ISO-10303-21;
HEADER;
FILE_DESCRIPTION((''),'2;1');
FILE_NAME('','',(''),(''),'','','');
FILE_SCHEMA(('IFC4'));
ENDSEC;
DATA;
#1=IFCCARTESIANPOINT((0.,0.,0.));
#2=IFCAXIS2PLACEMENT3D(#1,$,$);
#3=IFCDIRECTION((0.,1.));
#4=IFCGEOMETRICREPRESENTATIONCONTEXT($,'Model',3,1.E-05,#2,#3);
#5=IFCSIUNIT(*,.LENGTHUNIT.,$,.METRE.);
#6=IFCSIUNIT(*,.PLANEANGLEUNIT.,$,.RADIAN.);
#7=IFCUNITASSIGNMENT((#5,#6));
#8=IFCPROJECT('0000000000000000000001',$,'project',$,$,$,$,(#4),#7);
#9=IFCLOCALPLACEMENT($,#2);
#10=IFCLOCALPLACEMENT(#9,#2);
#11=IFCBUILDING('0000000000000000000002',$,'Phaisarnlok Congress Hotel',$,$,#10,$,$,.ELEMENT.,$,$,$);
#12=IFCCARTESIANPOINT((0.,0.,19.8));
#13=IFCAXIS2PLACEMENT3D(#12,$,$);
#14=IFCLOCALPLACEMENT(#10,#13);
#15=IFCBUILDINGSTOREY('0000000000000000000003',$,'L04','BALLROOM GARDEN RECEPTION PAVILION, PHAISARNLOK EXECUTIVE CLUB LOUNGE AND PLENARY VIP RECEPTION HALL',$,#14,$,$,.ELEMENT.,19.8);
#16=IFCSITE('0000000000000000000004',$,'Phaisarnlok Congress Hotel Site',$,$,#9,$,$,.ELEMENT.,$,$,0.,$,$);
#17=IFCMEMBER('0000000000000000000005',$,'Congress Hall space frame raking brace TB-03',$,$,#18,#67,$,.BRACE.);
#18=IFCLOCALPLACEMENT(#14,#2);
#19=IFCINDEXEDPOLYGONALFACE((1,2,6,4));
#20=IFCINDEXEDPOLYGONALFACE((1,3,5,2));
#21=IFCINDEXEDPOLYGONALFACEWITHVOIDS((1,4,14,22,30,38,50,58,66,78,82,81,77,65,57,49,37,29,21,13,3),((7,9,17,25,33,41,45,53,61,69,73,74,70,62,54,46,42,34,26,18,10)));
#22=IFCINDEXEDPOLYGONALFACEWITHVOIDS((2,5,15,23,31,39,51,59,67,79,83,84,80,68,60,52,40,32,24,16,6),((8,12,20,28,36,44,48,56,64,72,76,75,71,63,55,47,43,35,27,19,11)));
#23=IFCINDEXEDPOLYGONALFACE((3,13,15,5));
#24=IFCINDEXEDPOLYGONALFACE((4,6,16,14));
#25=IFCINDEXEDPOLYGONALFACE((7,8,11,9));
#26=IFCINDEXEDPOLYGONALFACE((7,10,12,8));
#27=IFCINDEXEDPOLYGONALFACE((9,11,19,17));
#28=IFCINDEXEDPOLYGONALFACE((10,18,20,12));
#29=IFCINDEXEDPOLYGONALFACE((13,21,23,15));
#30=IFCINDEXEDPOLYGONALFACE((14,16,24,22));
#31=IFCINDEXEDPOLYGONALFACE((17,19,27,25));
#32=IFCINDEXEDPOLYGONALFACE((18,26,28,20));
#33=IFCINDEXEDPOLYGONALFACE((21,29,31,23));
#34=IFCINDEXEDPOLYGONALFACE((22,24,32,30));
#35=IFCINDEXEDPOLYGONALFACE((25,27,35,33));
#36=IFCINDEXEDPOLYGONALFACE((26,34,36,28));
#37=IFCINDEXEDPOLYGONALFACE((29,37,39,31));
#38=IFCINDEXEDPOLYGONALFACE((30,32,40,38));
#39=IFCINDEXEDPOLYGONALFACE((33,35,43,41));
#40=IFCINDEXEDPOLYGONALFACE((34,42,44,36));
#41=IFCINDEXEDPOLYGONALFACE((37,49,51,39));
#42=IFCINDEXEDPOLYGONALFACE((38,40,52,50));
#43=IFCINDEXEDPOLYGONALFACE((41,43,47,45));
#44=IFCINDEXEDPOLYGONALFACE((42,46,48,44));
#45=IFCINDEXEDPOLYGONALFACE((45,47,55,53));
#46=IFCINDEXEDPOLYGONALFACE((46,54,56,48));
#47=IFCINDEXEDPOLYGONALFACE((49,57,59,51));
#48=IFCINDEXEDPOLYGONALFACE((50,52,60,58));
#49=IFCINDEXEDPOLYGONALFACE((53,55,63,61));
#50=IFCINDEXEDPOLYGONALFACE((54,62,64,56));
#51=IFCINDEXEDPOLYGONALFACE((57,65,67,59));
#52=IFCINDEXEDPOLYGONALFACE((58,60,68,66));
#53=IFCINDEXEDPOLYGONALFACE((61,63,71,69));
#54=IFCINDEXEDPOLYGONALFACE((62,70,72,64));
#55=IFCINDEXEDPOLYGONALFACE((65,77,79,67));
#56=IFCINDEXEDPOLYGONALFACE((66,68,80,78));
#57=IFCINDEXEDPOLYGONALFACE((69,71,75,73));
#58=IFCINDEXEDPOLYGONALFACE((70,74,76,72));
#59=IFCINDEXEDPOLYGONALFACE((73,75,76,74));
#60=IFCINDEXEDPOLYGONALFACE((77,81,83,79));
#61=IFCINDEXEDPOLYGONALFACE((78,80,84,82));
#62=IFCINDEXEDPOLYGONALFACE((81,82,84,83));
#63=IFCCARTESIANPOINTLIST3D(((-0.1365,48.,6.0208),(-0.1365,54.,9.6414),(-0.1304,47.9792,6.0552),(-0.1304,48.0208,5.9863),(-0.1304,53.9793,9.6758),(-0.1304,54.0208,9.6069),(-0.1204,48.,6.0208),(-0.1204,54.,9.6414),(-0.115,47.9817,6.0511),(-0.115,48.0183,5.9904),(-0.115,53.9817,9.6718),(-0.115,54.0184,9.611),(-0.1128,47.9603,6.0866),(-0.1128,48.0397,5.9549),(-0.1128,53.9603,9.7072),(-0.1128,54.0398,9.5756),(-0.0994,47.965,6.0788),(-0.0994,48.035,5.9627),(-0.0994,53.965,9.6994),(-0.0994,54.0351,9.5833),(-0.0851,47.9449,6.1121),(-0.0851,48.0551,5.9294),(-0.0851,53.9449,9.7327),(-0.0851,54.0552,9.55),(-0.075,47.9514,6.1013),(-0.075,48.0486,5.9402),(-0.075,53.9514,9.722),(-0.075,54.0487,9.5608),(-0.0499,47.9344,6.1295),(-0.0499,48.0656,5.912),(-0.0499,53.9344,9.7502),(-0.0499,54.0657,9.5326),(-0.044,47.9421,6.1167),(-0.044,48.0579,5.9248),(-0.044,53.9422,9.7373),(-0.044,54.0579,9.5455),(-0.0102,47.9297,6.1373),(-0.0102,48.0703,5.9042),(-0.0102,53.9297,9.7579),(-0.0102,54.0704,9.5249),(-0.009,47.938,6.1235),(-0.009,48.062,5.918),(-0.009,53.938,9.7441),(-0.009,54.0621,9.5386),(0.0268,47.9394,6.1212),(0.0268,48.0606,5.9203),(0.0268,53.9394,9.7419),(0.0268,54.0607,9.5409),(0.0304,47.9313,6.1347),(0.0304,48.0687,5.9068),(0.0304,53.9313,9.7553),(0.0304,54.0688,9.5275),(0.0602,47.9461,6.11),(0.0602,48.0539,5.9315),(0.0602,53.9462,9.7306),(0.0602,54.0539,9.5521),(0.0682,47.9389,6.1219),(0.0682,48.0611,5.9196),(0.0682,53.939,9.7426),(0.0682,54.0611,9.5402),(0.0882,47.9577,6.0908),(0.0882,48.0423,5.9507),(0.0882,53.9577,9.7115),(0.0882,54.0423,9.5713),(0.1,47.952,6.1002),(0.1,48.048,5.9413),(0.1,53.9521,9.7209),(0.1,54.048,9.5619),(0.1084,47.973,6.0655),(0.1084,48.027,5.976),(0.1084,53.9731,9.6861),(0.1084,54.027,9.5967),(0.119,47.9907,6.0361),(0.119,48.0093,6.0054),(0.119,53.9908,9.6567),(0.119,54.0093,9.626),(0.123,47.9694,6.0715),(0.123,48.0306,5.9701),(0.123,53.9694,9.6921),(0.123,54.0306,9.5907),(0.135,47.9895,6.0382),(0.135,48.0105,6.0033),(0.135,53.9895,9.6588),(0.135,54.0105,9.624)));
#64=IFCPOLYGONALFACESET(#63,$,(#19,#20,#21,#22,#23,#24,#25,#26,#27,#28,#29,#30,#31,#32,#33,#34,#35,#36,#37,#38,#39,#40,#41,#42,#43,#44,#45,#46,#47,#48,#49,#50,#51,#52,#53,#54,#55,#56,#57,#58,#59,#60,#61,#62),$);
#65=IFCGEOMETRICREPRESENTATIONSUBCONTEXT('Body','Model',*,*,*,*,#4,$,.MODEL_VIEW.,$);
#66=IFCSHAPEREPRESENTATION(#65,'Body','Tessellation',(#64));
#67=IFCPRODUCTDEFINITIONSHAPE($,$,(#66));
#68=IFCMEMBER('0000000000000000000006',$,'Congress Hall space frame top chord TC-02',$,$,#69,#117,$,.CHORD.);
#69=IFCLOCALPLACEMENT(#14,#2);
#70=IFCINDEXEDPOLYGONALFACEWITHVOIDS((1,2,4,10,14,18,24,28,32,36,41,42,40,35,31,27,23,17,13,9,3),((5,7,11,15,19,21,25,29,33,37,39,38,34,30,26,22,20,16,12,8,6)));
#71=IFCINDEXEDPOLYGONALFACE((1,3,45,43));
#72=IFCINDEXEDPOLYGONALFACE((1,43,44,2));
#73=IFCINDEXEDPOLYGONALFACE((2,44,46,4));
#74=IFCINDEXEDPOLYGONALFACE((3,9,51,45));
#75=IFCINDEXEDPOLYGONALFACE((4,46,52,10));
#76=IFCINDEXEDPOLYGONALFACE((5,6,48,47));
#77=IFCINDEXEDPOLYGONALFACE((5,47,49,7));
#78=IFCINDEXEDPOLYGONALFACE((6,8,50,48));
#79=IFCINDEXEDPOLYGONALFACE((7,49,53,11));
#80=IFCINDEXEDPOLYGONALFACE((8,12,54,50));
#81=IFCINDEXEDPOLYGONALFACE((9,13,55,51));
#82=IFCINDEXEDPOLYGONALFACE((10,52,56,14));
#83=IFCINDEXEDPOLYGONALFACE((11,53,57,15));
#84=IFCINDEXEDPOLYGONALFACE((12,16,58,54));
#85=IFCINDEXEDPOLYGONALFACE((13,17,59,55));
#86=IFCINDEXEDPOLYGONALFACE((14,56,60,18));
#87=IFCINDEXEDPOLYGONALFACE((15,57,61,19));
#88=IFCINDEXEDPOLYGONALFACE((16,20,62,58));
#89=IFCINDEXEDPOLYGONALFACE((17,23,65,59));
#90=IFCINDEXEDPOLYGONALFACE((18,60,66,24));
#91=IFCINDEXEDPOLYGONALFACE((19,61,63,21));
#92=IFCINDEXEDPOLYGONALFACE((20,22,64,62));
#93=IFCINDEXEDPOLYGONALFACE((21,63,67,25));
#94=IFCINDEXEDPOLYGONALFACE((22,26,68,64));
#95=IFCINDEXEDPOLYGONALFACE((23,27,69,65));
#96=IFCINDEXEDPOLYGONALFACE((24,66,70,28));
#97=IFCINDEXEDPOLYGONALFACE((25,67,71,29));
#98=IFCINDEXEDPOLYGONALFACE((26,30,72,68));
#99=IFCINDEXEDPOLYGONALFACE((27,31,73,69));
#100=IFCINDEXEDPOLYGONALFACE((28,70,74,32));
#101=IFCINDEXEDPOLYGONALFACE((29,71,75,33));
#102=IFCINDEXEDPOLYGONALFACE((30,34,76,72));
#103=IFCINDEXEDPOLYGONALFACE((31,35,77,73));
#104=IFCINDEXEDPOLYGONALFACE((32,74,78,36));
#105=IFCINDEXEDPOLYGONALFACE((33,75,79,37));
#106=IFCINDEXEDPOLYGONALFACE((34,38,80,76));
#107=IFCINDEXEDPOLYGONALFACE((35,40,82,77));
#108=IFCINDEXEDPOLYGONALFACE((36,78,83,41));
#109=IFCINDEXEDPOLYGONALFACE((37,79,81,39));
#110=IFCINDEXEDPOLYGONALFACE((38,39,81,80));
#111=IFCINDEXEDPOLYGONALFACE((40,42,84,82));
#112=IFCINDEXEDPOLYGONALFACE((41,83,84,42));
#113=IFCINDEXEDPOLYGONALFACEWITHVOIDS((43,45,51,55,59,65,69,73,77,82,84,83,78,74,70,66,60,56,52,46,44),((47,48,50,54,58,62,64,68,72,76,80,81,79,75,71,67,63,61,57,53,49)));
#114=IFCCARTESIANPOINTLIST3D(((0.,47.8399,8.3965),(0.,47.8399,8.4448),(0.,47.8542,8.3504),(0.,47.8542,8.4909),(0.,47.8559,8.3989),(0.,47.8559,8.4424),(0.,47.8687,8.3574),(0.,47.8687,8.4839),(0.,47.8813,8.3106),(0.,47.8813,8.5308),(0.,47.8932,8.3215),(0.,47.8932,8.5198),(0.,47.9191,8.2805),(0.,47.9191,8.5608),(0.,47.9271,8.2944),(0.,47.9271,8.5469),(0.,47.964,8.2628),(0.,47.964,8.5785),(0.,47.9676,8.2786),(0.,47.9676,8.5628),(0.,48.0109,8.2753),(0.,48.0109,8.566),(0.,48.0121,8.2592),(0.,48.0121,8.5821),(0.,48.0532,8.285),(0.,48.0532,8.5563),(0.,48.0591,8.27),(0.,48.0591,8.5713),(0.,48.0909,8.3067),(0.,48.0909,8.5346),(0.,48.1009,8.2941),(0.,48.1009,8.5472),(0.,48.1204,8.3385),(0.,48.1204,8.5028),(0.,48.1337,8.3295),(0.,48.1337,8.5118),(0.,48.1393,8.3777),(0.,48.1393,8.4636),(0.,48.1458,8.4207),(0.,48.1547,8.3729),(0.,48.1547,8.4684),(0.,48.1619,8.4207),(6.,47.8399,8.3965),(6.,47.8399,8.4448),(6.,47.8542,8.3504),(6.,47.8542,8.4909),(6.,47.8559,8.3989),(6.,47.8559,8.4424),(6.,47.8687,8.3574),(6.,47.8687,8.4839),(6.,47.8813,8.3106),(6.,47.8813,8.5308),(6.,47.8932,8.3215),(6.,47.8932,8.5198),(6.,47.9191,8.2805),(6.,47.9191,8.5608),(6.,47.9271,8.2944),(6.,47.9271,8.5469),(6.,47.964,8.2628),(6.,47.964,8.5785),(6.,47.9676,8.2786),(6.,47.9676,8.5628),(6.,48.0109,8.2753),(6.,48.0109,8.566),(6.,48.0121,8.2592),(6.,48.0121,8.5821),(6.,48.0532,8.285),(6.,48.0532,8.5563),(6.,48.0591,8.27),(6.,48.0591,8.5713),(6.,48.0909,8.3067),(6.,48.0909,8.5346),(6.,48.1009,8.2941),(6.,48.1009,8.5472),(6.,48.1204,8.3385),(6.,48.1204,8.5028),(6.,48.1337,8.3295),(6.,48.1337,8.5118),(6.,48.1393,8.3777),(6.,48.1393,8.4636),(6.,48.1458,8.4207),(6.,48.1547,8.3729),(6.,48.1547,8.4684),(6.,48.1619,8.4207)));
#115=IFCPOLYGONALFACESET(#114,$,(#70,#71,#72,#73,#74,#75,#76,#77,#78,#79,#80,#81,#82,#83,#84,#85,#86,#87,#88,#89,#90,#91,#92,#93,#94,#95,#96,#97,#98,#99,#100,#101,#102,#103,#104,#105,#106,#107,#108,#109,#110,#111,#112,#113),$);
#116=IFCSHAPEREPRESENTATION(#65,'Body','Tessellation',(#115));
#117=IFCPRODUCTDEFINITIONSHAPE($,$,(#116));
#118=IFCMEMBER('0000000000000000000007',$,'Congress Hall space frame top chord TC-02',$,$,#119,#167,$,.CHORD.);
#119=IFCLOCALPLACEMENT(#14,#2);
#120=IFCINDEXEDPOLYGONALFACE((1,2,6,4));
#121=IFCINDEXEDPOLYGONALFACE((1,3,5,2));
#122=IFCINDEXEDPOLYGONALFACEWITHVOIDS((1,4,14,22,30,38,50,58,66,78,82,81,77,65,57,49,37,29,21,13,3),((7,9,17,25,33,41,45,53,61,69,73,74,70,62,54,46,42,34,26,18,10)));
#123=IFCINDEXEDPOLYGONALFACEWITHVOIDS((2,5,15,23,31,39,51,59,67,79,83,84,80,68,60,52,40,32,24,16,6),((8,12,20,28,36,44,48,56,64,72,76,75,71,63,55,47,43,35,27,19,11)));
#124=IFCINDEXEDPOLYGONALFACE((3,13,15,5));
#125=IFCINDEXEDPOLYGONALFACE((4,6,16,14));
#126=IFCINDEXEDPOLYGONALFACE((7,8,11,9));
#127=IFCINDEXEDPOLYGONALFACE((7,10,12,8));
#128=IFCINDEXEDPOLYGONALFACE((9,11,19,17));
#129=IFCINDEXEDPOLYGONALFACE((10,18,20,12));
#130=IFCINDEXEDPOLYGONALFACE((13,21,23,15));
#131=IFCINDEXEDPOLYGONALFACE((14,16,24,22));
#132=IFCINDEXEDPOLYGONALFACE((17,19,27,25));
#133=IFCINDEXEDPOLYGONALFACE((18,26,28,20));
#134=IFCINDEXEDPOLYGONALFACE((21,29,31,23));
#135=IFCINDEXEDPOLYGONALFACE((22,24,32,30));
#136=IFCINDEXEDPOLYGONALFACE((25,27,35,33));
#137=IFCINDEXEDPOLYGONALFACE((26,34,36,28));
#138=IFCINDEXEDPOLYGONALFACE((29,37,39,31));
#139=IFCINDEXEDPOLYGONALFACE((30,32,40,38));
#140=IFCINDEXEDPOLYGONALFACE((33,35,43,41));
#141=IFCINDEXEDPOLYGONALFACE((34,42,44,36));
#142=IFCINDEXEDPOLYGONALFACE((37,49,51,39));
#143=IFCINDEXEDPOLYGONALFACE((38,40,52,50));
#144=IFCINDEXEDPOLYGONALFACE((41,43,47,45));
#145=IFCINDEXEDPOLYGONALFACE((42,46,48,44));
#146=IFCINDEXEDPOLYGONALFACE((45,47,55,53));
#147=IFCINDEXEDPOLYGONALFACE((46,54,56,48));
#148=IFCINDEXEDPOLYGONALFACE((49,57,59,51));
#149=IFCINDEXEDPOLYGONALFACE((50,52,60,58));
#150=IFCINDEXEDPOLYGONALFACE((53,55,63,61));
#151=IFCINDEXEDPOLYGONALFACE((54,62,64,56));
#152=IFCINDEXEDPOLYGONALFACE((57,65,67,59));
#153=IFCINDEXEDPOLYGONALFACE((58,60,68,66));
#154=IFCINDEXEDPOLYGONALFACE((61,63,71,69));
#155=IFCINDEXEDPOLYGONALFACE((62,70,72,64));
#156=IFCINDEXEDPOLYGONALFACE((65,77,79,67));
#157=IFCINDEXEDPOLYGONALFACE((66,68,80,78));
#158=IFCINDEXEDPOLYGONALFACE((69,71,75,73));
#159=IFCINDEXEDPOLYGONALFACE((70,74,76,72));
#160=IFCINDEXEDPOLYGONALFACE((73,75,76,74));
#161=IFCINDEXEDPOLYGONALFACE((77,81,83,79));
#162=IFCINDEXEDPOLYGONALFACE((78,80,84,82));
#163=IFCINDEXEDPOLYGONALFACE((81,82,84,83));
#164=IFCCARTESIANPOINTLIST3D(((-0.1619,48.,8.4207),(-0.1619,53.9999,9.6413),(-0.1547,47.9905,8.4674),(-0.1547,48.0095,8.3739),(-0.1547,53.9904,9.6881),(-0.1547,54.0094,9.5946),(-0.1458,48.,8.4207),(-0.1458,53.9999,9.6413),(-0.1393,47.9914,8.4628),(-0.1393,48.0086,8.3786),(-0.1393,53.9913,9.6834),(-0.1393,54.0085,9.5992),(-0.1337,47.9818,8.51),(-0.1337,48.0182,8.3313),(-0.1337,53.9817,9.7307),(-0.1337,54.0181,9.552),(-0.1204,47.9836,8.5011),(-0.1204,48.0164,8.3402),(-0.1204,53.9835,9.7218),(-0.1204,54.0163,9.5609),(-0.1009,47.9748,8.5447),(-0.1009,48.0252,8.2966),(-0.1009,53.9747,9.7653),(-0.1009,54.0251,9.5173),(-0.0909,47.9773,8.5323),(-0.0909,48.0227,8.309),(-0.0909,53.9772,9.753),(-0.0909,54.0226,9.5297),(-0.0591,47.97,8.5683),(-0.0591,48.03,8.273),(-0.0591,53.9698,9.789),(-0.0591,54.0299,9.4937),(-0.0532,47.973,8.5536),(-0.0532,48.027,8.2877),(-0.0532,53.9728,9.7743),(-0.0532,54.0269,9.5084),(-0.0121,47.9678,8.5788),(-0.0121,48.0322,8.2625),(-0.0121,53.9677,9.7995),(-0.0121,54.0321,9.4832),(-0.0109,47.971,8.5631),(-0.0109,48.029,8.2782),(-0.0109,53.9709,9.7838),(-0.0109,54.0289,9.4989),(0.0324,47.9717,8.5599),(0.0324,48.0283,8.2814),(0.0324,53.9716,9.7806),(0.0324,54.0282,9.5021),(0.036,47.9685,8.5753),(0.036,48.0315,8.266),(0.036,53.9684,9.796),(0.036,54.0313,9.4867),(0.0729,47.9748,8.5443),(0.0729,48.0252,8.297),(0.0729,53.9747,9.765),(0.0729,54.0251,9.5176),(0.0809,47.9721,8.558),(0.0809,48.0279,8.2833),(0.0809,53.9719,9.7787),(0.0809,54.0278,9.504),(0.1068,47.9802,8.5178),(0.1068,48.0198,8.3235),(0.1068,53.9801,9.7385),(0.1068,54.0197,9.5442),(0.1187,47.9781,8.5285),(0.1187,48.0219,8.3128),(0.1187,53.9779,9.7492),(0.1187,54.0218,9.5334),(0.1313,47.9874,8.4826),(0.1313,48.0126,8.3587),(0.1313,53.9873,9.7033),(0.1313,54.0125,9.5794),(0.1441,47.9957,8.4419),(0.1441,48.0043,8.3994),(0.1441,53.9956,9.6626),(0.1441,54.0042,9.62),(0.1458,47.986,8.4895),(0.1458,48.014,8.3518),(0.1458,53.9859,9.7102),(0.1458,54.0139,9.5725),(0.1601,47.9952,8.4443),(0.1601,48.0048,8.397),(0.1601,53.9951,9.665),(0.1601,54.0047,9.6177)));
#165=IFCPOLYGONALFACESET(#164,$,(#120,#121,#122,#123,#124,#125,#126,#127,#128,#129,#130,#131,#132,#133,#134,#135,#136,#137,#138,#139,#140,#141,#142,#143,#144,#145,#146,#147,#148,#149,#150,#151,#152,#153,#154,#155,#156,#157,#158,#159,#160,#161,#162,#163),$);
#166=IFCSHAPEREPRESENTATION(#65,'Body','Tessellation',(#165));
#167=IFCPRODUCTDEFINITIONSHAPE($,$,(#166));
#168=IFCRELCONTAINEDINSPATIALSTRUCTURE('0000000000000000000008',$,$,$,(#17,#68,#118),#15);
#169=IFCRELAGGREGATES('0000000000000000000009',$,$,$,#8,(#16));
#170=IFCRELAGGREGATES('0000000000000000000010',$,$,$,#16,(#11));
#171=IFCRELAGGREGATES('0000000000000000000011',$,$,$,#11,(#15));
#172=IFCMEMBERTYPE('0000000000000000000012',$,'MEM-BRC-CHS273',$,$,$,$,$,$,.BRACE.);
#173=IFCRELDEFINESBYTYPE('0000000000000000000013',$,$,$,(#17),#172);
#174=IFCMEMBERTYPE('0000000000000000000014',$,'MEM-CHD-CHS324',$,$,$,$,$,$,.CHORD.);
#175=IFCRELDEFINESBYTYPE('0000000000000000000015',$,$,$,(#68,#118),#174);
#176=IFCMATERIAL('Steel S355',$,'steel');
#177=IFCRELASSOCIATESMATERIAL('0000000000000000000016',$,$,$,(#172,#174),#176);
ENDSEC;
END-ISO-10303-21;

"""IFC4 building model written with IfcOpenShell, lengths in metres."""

from ifc_helpers import new_model, si_unit, direction, frame, origin, origin_2d, place, context, subcontext, project, spatial, hollow_circle, extrude, material, material_profile, profile_set, type_object, element, save


model = new_model("IFC4")

# Units and contexts
model_context = context("Model", 3, precision=1e-05, world=origin(), true_north=direction((0.0, 1.0)))
body_context = subcontext(model_context, "Body", "Model", "MODEL_VIEW")
ifc_project = project(units=[si_unit("LENGTHUNIT", "METRE"), si_unit("PLANEANGLEUNIT", "RADIAN")], contexts=[model_context])

# Site, building, storey
site_placement = place(None, origin())
site = spatial("IfcSite", under=ifc_project, at=site_placement, Name="Phaisarnlok Congress Hotel Site", CompositionType="ELEMENT", RefElevation=0.0)
building_placement = place(site_placement, origin())
building = spatial("IfcBuilding", under=site, at=building_placement, Name="Phaisarnlok Congress Hotel", CompositionType="ELEMENT")
storey_placement = place(building_placement, frame((0.0, 0.0, 19.8)))
storey = spatial("IfcBuildingStorey", under=building, at=storey_placement, Name="L04", Description="BALLROOM GARDEN RECEPTION PAVILION, PHAISARNLOK EXECUTIVE CLUB LOUNGE AND PLENARY VIP RECEPTION HALL", CompositionType="ELEMENT", Elevation=19.8)

# Shared definitions
ifc_material_1 = material(Name="Steel S355", Category="steel")

# Members
ifc_material_profile_1 = material_profile(ifc_material_1, hollow_circle(Radius=0.1365, WallThickness=0.0161, at=origin_2d()), Name="CHS 273x16")
ifc_profile_set_1 = profile_set([ifc_material_profile_1], Name="Steel S355")
member_type_1 = type_object("IfcMemberType", Name="MEM-BRC-CHS273", PredefinedType="BRACE", material=ifc_profile_set_1)
member_1_placement = place(storey_placement, frame((0.0, 48.0, 6.0208), z_axis=(0.0, 0.856193, 0.516656), x_axis=(-1.0, 0.0, 0.0)))
element("IfcMember", 1, at=member_1_placement, inside=storey, type_object=member_type_1, Name="Congress Hall space frame raking brace TB-03", PredefinedType="BRACE", context=body_context, shape_type="SweptSolid", body=[
    extrude(hollow_circle(Radius=0.1365, WallThickness=0.0161, at=origin_2d()), origin(), (0.0, 0.0, 1.0), 7.0078),
])
ifc_material_profile_2 = material_profile(ifc_material_1, hollow_circle(Radius=0.1619, WallThickness=0.0161, at=origin_2d()), Name="CHS 323.9x16")
ifc_profile_set_2 = profile_set([ifc_material_profile_2], Name="Steel S355")
member_type_2 = type_object("IfcMemberType", Name="MEM-CHD-CHS324", PredefinedType="CHORD", material=ifc_profile_set_2)
member_2_placement = place(storey_placement, frame((0.0, 48.0, 8.4207), z_axis=(1.0, 0.0, 0.0), x_axis=(0.0, 1.0, 0.0)))
element("IfcMember", 2, at=member_2_placement, inside=storey, type_object=member_type_2, Name="Congress Hall space frame top chord TC-02", PredefinedType="CHORD", context=body_context, shape_type="SweptSolid", body=[
    extrude(hollow_circle(Radius=0.1619, WallThickness=0.0161, at=origin_2d()), origin(), (0.0, 0.0, 1.0), 6.0),
])
member_3_placement = place(storey_placement, frame((0.0, 48.0, 8.4207), z_axis=(0.0, 0.979925, 0.199366), x_axis=(-1.0, 0.0, 0.0)))
element("IfcMember", 3, at=member_3_placement, inside=storey, type_object=member_type_2, Name="Congress Hall space frame top chord TC-02", PredefinedType="CHORD", context=body_context, shape_type="SweptSolid", body=[
    extrude(hollow_circle(Radius=0.1619, WallThickness=0.0161, at=origin_2d()), origin(), (0.0, 0.0, 1.0), 6.1228),
])

save(model, "model.ifc")
